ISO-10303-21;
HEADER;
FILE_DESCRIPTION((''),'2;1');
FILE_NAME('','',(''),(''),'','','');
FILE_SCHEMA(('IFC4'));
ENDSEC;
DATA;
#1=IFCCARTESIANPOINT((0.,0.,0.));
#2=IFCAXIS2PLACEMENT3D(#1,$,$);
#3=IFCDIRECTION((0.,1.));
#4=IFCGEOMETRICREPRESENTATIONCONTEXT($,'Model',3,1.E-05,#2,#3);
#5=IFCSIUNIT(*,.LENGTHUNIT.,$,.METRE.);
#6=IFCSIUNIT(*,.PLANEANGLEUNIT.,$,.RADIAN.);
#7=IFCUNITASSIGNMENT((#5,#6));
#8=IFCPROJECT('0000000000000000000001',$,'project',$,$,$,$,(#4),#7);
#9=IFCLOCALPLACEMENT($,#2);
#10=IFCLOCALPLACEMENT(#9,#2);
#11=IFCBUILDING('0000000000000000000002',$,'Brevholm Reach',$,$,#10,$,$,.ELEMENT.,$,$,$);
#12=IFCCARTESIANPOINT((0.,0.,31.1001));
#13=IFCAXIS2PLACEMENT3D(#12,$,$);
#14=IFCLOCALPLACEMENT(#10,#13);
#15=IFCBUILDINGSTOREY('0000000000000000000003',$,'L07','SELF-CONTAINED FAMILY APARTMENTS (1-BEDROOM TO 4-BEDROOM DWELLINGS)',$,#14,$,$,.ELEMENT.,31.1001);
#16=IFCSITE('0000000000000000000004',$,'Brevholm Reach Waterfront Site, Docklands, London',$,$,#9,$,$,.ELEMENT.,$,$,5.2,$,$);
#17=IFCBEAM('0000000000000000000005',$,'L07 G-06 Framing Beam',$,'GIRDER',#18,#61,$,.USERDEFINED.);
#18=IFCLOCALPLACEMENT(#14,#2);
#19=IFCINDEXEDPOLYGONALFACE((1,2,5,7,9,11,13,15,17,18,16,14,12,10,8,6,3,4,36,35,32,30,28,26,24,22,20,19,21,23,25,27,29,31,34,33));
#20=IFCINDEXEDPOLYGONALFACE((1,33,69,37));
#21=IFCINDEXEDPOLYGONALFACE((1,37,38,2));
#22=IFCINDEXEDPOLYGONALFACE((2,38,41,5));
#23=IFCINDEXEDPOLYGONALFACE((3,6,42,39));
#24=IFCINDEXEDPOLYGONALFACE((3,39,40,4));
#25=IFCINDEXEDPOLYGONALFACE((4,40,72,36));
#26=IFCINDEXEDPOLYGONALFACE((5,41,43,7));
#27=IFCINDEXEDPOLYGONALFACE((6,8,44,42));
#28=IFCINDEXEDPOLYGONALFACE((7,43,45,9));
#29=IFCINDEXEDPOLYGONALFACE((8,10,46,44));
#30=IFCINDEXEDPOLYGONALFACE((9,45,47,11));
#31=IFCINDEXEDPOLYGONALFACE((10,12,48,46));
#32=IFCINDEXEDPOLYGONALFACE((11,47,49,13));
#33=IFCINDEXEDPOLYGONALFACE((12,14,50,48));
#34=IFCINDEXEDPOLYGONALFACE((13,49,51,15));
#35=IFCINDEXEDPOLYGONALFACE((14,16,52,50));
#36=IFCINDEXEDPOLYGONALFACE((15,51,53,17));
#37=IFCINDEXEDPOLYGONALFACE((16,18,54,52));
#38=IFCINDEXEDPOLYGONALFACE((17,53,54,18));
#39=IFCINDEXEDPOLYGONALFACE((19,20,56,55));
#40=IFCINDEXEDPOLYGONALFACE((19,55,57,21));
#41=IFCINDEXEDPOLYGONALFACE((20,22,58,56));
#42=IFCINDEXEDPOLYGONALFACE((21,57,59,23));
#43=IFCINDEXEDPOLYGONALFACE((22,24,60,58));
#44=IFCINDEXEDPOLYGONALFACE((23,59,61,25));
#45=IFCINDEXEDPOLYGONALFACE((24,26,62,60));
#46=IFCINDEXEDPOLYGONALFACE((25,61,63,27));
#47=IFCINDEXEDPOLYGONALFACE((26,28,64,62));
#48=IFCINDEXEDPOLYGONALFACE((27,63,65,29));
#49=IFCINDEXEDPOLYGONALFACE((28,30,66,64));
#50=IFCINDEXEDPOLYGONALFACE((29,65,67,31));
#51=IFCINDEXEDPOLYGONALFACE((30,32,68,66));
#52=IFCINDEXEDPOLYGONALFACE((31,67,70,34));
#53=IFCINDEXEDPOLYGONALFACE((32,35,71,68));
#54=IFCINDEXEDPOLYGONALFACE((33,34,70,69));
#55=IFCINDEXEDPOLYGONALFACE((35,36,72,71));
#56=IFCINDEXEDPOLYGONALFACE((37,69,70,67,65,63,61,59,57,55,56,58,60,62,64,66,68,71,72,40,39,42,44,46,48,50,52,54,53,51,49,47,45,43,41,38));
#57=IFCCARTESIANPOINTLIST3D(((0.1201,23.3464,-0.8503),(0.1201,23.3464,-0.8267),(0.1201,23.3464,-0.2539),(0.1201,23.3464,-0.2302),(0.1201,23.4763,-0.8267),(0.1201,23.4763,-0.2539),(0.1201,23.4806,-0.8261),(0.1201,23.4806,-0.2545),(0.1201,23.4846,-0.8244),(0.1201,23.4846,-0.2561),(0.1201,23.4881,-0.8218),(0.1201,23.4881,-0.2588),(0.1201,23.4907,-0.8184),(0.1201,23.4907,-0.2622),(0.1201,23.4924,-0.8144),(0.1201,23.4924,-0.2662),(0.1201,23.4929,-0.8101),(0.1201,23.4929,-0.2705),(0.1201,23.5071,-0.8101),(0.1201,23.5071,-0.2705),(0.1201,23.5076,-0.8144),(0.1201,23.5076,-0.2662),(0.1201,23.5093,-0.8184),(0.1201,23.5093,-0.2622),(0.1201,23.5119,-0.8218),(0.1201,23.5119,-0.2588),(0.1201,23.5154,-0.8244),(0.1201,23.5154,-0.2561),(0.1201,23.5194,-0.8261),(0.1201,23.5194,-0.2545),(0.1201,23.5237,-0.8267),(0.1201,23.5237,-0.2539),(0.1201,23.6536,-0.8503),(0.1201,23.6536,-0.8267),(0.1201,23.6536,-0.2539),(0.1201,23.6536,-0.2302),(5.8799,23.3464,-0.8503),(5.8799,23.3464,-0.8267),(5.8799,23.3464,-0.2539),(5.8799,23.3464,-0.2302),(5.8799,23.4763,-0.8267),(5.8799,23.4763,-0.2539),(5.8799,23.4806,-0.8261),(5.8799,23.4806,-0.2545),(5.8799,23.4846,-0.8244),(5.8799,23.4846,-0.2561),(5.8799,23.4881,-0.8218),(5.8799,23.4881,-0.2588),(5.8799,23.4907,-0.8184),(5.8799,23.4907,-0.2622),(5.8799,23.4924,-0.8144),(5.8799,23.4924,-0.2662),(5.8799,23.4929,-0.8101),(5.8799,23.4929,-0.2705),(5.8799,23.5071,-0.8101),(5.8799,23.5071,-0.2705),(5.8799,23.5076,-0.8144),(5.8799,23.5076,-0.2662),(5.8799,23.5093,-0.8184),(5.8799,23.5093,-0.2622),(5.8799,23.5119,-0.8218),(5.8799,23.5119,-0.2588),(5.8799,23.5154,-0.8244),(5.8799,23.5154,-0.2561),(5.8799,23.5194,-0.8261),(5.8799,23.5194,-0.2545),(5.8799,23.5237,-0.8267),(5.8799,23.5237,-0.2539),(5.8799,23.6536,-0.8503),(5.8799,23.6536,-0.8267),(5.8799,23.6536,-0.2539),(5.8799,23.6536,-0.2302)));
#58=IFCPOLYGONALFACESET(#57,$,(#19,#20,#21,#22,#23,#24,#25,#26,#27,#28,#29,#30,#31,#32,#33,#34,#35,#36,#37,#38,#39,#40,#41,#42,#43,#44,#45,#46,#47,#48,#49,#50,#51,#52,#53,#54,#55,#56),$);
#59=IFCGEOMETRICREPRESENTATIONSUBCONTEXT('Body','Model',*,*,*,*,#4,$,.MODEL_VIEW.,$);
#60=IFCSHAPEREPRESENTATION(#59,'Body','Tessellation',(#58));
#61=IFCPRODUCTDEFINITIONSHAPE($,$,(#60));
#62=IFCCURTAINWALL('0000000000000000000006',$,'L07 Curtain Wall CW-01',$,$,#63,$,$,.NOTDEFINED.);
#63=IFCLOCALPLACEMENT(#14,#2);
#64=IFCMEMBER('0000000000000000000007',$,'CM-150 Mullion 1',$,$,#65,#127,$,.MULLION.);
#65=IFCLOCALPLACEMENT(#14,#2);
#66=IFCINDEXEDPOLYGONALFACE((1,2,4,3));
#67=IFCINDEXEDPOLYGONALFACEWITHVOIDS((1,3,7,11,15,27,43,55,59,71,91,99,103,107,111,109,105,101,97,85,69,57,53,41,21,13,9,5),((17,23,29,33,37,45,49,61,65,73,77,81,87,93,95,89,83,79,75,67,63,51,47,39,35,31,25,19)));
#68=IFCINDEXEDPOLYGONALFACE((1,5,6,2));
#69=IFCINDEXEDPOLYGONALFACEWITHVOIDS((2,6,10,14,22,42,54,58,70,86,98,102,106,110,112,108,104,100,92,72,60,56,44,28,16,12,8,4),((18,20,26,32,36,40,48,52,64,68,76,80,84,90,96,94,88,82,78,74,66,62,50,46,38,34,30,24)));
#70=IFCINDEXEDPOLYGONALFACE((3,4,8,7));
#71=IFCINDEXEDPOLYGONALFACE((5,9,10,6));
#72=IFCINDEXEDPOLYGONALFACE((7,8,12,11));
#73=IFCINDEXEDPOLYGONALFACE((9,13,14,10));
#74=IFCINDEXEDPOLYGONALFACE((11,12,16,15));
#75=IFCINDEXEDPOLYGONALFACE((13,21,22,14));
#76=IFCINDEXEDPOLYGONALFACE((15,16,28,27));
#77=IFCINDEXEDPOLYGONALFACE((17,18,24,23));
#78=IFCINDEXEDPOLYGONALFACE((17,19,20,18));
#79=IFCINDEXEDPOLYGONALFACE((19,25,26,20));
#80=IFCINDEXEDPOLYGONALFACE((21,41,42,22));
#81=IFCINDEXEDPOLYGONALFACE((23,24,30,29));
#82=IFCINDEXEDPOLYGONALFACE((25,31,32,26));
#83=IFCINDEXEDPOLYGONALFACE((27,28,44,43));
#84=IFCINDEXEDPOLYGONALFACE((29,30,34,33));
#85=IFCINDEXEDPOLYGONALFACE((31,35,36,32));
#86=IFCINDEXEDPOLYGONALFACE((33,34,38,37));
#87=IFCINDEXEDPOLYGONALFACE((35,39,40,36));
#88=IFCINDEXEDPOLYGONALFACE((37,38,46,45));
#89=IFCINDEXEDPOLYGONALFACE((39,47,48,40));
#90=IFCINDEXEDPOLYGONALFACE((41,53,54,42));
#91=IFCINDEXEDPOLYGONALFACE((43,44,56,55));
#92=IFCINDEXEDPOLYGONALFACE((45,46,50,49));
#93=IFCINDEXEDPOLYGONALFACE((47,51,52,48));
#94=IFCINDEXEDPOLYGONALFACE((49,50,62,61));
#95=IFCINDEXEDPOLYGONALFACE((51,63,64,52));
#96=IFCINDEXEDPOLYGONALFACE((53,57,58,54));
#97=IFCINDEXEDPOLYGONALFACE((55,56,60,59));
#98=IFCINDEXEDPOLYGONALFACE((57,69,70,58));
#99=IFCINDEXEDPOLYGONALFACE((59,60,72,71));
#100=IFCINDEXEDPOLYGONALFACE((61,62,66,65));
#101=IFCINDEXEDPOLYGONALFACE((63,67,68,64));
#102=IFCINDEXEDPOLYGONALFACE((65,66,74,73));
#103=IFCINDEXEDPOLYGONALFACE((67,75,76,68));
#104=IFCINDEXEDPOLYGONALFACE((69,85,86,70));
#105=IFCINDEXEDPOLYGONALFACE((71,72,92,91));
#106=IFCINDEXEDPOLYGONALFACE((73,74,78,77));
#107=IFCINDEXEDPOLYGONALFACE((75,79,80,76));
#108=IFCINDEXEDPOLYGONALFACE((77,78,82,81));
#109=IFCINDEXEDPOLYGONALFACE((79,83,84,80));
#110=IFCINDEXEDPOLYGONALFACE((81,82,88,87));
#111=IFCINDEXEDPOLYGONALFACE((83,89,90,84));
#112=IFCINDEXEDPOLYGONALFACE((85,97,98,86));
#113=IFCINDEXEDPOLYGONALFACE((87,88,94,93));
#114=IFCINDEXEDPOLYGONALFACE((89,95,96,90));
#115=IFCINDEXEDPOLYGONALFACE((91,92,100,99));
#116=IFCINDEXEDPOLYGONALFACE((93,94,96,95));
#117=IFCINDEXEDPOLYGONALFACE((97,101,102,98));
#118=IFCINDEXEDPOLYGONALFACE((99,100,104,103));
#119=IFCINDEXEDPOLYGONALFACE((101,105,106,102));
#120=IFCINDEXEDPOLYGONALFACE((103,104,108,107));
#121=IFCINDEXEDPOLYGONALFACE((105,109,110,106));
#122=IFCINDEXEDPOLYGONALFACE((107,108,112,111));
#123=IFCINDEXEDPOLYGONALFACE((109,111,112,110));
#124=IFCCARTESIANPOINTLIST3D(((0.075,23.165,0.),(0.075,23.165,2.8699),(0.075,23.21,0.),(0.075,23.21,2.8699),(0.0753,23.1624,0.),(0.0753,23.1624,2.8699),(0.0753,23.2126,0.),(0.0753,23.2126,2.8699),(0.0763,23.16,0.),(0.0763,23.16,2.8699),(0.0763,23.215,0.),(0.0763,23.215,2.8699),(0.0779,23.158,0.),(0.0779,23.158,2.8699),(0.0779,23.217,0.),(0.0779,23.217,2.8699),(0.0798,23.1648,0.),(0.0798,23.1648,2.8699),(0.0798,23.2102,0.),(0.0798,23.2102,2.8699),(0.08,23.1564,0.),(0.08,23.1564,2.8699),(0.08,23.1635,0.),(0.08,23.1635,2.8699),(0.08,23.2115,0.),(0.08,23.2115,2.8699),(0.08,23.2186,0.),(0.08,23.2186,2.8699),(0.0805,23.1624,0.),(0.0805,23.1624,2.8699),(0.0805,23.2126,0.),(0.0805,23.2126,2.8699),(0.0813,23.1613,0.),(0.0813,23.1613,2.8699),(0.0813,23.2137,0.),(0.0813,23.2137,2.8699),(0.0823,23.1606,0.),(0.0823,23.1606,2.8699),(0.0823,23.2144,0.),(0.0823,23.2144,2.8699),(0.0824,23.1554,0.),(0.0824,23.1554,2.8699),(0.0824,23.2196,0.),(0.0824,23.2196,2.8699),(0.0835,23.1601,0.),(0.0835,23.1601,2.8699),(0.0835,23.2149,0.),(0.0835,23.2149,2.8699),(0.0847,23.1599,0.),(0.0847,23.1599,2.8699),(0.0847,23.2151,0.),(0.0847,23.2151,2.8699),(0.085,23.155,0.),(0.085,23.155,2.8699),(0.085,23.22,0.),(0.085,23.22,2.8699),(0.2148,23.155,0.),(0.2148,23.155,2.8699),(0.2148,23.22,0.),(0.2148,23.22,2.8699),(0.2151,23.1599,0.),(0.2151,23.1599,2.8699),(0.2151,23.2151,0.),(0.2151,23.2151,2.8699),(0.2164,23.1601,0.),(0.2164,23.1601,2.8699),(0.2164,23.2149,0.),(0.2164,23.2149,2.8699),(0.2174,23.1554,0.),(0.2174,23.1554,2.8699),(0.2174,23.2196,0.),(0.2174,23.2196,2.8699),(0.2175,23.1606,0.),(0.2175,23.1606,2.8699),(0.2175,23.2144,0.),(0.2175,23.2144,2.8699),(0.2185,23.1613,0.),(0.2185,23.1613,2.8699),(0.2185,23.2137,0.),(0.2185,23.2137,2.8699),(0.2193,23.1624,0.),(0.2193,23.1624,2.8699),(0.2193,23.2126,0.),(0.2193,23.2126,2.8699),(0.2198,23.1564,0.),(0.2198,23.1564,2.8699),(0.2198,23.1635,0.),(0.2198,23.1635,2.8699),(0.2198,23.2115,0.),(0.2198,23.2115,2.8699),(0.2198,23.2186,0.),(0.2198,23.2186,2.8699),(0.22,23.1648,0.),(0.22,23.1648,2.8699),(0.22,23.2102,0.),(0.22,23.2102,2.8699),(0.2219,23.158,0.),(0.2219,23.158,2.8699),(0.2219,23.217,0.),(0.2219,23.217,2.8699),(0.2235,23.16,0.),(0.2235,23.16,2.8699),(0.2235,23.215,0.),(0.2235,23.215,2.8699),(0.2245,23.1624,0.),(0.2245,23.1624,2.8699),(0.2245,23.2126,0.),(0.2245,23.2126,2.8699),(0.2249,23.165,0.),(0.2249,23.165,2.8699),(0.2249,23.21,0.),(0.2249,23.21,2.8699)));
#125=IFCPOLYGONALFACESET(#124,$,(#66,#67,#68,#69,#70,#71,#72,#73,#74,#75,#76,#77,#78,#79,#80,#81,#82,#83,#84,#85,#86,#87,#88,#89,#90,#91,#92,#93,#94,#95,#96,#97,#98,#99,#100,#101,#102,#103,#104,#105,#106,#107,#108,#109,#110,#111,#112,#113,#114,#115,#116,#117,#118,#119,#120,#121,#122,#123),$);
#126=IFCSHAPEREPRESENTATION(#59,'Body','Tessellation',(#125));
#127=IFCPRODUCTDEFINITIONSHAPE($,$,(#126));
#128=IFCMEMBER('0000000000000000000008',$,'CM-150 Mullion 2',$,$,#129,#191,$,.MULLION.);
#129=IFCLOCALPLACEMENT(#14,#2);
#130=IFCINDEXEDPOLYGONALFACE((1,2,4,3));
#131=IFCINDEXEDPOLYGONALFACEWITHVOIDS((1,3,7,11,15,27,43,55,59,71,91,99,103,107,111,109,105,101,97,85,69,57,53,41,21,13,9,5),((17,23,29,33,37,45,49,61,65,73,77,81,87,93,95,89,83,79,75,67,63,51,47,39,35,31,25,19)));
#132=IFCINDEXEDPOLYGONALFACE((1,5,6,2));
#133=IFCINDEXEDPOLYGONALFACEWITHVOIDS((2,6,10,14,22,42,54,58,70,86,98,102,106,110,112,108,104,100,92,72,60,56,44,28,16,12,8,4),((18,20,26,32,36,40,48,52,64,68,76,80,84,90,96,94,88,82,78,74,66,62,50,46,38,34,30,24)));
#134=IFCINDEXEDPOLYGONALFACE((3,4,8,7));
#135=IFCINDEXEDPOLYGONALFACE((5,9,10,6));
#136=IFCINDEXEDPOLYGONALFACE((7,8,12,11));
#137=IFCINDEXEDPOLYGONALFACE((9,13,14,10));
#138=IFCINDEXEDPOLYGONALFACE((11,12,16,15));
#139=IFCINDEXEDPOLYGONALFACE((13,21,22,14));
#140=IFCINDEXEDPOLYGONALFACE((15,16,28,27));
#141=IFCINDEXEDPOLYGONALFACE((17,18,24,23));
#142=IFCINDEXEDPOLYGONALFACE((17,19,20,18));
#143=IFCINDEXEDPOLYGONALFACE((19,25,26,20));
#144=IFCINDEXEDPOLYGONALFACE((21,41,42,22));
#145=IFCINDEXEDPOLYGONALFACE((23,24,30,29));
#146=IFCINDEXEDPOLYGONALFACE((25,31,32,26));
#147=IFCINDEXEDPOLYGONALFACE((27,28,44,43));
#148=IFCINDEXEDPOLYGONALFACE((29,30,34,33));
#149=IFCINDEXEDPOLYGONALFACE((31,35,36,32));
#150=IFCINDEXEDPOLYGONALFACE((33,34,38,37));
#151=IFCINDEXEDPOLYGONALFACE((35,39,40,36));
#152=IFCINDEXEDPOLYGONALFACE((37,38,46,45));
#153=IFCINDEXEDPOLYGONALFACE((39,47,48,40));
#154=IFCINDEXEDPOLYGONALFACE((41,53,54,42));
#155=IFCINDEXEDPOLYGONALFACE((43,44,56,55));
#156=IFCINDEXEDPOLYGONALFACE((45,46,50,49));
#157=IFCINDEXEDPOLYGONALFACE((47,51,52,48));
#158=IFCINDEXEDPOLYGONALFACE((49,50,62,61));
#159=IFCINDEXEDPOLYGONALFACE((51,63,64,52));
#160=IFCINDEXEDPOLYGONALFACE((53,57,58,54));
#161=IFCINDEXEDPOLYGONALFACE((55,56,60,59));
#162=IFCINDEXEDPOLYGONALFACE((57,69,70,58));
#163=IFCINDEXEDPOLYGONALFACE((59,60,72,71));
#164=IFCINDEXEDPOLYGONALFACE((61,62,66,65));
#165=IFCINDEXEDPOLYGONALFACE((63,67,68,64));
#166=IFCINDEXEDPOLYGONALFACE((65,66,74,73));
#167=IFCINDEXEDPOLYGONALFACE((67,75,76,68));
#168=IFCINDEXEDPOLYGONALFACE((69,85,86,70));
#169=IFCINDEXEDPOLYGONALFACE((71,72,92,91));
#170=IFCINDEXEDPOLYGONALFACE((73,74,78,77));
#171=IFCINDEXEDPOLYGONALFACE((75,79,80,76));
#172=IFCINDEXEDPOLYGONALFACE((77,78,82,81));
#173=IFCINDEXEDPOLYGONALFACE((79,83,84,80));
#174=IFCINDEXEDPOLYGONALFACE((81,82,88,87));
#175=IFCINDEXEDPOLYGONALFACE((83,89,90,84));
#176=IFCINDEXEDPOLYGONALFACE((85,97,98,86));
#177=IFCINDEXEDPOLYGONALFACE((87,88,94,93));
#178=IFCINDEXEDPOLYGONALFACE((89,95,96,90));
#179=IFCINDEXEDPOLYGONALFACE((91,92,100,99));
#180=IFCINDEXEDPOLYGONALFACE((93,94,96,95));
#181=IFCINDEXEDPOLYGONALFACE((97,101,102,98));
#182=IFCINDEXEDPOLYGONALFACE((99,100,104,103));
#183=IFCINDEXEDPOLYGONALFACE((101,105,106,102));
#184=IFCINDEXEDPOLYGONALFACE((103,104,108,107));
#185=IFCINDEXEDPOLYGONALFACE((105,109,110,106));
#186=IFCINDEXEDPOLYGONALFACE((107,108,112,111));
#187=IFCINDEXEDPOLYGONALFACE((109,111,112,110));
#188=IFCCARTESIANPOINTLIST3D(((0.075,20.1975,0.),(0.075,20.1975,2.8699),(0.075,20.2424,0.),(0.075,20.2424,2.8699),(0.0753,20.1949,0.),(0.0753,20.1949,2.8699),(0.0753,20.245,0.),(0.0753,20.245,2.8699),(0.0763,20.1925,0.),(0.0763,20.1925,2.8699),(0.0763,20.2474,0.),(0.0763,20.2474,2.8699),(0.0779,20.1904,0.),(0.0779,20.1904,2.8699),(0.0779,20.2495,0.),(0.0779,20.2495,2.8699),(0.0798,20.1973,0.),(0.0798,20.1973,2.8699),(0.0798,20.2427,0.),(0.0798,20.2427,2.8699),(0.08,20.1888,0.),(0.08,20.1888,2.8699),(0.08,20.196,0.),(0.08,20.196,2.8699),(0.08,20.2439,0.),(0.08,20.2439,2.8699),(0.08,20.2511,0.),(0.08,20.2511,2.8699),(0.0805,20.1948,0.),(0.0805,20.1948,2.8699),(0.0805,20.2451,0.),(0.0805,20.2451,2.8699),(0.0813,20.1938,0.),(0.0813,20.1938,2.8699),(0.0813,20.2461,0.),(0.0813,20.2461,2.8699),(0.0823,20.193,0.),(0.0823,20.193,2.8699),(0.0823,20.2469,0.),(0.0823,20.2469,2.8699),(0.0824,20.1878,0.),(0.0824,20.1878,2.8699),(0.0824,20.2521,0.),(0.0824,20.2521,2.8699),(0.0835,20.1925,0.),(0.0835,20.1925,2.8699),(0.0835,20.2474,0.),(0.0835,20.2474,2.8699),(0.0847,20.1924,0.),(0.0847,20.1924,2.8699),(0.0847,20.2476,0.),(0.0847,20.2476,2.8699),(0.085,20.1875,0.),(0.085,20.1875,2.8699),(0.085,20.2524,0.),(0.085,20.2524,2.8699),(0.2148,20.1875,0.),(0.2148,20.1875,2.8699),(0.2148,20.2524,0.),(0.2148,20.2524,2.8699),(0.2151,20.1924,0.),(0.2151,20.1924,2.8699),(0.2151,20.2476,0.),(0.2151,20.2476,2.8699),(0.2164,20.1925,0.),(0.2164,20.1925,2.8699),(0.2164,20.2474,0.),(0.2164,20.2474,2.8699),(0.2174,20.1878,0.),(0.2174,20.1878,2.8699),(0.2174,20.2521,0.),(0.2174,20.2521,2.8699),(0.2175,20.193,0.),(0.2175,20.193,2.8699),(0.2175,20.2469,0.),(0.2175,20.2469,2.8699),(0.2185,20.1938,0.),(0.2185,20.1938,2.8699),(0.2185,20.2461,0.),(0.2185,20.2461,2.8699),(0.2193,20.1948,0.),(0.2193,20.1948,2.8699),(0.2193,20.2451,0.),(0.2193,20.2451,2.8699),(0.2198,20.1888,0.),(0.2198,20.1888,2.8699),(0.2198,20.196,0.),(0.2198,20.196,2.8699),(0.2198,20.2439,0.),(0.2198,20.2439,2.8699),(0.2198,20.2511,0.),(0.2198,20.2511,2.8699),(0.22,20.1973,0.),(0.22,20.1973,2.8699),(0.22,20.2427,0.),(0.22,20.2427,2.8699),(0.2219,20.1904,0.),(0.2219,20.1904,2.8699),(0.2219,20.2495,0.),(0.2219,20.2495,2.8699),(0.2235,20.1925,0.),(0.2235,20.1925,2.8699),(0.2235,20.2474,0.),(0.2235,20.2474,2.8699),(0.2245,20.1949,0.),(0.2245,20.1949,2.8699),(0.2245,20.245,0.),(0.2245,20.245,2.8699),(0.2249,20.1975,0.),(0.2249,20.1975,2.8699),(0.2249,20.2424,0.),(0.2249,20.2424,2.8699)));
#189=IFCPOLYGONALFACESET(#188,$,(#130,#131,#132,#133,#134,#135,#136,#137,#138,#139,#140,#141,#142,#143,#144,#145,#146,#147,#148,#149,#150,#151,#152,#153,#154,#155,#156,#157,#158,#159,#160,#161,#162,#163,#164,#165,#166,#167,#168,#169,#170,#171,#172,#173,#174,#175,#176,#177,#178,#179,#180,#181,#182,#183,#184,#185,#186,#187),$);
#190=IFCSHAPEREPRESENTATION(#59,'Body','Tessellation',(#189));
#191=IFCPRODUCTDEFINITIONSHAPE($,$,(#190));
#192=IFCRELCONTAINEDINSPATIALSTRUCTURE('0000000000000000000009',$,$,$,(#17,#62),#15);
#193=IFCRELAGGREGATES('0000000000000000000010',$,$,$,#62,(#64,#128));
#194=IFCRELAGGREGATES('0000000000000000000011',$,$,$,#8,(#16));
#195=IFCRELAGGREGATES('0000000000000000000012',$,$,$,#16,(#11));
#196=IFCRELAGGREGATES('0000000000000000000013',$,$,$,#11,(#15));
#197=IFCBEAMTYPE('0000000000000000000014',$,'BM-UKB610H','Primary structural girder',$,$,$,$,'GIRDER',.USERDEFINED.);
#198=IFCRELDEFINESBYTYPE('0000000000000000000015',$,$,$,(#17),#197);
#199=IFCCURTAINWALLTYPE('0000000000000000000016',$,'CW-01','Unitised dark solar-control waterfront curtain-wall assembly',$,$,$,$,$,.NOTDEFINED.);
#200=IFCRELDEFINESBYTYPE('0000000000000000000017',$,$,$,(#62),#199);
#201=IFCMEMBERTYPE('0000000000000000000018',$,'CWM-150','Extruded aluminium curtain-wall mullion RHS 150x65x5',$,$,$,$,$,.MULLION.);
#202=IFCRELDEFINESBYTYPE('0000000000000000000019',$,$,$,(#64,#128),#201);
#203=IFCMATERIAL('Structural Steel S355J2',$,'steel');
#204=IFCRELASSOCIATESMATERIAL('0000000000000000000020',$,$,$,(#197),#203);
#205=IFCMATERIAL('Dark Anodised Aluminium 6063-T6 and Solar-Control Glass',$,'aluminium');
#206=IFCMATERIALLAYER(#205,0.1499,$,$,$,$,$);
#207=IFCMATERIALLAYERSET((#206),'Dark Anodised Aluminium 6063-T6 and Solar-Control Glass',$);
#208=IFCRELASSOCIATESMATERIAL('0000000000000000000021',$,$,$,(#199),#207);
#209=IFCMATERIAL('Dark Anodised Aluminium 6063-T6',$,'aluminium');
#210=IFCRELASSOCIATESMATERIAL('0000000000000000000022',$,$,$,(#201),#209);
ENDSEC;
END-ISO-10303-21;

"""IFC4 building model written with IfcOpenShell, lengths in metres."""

from ifc_helpers import new_model, si_unit, direction, frame, origin, origin_2d, place, context, subcontext, project, spatial, hollow_rectangle, i_section, extrude, material, layer, layer_set, material_profile, profile_set, type_object, element, aggregate, save


model = new_model("IFC4")

# Units and contexts
model_context = context("Model", 3, precision=1e-05, world=origin(), true_north=direction((0.0, 1.0)))
body_context = subcontext(model_context, "Body", "Model", "MODEL_VIEW")
ifc_project = project(units=[si_unit("LENGTHUNIT", "METRE"), si_unit("PLANEANGLEUNIT", "RADIAN")], contexts=[model_context])

# Site, building, storey
site_placement = place(None, origin())
site = spatial("IfcSite", under=ifc_project, at=site_placement, Name="Brevholm Reach Waterfront Site, Docklands, London", CompositionType="ELEMENT", RefElevation=5.2)
building_placement = place(site_placement, origin())
building = spatial("IfcBuilding", under=site, at=building_placement, Name="Brevholm Reach", CompositionType="ELEMENT")
storey_placement = place(building_placement, frame((0.0, 0.0, 31.1001)))
storey = spatial("IfcBuildingStorey", under=building, at=storey_placement, Name="L07", Description="SELF-CONTAINED FAMILY APARTMENTS (1-BEDROOM TO 4-BEDROOM DWELLINGS)", CompositionType="ELEMENT", Elevation=31.1001)

# Beam
ifc_material_1 = material(Name="Structural Steel S355J2", Category="steel")
ifc_material_profile_1 = material_profile(ifc_material_1, i_section(OverallWidth=0.3071, OverallDepth=0.6201, WebThickness=0.0142, FlangeThickness=0.0237, FilletRadius=0.0166, at=origin_2d()), Name="UKB 610x305x179")
ifc_profile_set_1 = profile_set([ifc_material_profile_1], Name="Structural Steel S355J2")
beam_type_1 = type_object("IfcBeamType", Name="BM-UKB610H", Description="Primary structural girder", ElementType="GIRDER", PredefinedType="USERDEFINED", material=ifc_profile_set_1)
beam_1_placement = place(storey_placement, frame((0.1201, 23.5, -0.5403), z_axis=(1.0, 0.0, 0.0), x_axis=(0.0, 1.0, 0.0)))
element("IfcBeam", 1, at=beam_1_placement, inside=storey, type_object=beam_type_1, Name="L07 G-06 Framing Beam", ObjectType="GIRDER", PredefinedType="USERDEFINED", context=body_context, shape_type="SweptSolid", body=[
    extrude(i_section(OverallWidth=0.3071, OverallDepth=0.6201, WebThickness=0.0142, FlangeThickness=0.0237, FilletRadius=0.0166, at=origin_2d()), origin(), (0.0, 0.0, 1.0), 5.7598),
])

# Curtain wall, members
ifc_material_2 = material(Name="Dark Anodised Aluminium 6063-T6 and Solar-Control Glass", Category="aluminium")
ifc_layer_1 = layer(ifc_material_2, 0.1499)
ifc_layer_set_1 = layer_set([ifc_layer_1], Name="Dark Anodised Aluminium 6063-T6 and Solar-Control Glass")
curtain_wall_type = type_object("IfcCurtainWallType", Name="CW-01", Description="Unitised dark solar-control waterfront curtain-wall assembly", PredefinedType="NOTDEFINED", material=ifc_layer_set_1)
curtain_wall_placement = place(storey_placement, origin())
curtain_wall = element("IfcCurtainWall", 2, at=curtain_wall_placement, inside=storey, type_object=curtain_wall_type, Name="L07 Curtain Wall CW-01", PredefinedType="NOTDEFINED")
ifc_material_3 = material(Name="Dark Anodised Aluminium 6063-T6", Category="aluminium")
ifc_material_profile_2 = material_profile(ifc_material_3, hollow_rectangle(XDim=0.0649, YDim=0.1499, WallThickness=0.0049, InnerFilletRadius=0.0049, OuterFilletRadius=0.01, at=origin_2d()), Name="RHS 150x65x5")
ifc_profile_set_2 = profile_set([ifc_material_profile_2], Name="Dark Anodised Aluminium 6063-T6")
member_type_1 = type_object("IfcMemberType", Name="CWM-150", Description="Extruded aluminium curtain-wall mullion RHS 150x65x5", PredefinedType="MULLION", material=ifc_profile_set_2)
member_1_placement = place(storey_placement, frame((0.1499, 23.1875, 0.0), z_axis=(0.0, 0.0, 1.0), x_axis=(0.0, -1.0, 0.0)))
member_1 = element("IfcMember", 3, at=member_1_placement, type_object=member_type_1, Name="CM-150 Mullion 1", PredefinedType="MULLION", context=body_context, shape_type="SweptSolid", body=[
    extrude(hollow_rectangle(XDim=0.0649, YDim=0.1499, WallThickness=0.0049, InnerFilletRadius=0.0049, OuterFilletRadius=0.01, at=origin_2d()), origin(), (0.0, 0.0, 1.0), 2.8699),
])
member_2_placement = place(storey_placement, frame((0.1499, 20.22, 0.0), z_axis=(0.0, 0.0, 1.0), x_axis=(0.0, -1.0, 0.0)))
member_2 = element("IfcMember", 4, at=member_2_placement, type_object=member_type_1, Name="CM-150 Mullion 2", PredefinedType="MULLION", context=body_context, shape_type="SweptSolid", body=[
    extrude(hollow_rectangle(XDim=0.0649, YDim=0.1499, WallThickness=0.0049, InnerFilletRadius=0.0049, OuterFilletRadius=0.01, at=origin_2d()), origin(), (0.0, 0.0, 1.0), 2.8699),
])
aggregate(curtain_wall, [member_1, member_2])

save(model, "model.ifc")
